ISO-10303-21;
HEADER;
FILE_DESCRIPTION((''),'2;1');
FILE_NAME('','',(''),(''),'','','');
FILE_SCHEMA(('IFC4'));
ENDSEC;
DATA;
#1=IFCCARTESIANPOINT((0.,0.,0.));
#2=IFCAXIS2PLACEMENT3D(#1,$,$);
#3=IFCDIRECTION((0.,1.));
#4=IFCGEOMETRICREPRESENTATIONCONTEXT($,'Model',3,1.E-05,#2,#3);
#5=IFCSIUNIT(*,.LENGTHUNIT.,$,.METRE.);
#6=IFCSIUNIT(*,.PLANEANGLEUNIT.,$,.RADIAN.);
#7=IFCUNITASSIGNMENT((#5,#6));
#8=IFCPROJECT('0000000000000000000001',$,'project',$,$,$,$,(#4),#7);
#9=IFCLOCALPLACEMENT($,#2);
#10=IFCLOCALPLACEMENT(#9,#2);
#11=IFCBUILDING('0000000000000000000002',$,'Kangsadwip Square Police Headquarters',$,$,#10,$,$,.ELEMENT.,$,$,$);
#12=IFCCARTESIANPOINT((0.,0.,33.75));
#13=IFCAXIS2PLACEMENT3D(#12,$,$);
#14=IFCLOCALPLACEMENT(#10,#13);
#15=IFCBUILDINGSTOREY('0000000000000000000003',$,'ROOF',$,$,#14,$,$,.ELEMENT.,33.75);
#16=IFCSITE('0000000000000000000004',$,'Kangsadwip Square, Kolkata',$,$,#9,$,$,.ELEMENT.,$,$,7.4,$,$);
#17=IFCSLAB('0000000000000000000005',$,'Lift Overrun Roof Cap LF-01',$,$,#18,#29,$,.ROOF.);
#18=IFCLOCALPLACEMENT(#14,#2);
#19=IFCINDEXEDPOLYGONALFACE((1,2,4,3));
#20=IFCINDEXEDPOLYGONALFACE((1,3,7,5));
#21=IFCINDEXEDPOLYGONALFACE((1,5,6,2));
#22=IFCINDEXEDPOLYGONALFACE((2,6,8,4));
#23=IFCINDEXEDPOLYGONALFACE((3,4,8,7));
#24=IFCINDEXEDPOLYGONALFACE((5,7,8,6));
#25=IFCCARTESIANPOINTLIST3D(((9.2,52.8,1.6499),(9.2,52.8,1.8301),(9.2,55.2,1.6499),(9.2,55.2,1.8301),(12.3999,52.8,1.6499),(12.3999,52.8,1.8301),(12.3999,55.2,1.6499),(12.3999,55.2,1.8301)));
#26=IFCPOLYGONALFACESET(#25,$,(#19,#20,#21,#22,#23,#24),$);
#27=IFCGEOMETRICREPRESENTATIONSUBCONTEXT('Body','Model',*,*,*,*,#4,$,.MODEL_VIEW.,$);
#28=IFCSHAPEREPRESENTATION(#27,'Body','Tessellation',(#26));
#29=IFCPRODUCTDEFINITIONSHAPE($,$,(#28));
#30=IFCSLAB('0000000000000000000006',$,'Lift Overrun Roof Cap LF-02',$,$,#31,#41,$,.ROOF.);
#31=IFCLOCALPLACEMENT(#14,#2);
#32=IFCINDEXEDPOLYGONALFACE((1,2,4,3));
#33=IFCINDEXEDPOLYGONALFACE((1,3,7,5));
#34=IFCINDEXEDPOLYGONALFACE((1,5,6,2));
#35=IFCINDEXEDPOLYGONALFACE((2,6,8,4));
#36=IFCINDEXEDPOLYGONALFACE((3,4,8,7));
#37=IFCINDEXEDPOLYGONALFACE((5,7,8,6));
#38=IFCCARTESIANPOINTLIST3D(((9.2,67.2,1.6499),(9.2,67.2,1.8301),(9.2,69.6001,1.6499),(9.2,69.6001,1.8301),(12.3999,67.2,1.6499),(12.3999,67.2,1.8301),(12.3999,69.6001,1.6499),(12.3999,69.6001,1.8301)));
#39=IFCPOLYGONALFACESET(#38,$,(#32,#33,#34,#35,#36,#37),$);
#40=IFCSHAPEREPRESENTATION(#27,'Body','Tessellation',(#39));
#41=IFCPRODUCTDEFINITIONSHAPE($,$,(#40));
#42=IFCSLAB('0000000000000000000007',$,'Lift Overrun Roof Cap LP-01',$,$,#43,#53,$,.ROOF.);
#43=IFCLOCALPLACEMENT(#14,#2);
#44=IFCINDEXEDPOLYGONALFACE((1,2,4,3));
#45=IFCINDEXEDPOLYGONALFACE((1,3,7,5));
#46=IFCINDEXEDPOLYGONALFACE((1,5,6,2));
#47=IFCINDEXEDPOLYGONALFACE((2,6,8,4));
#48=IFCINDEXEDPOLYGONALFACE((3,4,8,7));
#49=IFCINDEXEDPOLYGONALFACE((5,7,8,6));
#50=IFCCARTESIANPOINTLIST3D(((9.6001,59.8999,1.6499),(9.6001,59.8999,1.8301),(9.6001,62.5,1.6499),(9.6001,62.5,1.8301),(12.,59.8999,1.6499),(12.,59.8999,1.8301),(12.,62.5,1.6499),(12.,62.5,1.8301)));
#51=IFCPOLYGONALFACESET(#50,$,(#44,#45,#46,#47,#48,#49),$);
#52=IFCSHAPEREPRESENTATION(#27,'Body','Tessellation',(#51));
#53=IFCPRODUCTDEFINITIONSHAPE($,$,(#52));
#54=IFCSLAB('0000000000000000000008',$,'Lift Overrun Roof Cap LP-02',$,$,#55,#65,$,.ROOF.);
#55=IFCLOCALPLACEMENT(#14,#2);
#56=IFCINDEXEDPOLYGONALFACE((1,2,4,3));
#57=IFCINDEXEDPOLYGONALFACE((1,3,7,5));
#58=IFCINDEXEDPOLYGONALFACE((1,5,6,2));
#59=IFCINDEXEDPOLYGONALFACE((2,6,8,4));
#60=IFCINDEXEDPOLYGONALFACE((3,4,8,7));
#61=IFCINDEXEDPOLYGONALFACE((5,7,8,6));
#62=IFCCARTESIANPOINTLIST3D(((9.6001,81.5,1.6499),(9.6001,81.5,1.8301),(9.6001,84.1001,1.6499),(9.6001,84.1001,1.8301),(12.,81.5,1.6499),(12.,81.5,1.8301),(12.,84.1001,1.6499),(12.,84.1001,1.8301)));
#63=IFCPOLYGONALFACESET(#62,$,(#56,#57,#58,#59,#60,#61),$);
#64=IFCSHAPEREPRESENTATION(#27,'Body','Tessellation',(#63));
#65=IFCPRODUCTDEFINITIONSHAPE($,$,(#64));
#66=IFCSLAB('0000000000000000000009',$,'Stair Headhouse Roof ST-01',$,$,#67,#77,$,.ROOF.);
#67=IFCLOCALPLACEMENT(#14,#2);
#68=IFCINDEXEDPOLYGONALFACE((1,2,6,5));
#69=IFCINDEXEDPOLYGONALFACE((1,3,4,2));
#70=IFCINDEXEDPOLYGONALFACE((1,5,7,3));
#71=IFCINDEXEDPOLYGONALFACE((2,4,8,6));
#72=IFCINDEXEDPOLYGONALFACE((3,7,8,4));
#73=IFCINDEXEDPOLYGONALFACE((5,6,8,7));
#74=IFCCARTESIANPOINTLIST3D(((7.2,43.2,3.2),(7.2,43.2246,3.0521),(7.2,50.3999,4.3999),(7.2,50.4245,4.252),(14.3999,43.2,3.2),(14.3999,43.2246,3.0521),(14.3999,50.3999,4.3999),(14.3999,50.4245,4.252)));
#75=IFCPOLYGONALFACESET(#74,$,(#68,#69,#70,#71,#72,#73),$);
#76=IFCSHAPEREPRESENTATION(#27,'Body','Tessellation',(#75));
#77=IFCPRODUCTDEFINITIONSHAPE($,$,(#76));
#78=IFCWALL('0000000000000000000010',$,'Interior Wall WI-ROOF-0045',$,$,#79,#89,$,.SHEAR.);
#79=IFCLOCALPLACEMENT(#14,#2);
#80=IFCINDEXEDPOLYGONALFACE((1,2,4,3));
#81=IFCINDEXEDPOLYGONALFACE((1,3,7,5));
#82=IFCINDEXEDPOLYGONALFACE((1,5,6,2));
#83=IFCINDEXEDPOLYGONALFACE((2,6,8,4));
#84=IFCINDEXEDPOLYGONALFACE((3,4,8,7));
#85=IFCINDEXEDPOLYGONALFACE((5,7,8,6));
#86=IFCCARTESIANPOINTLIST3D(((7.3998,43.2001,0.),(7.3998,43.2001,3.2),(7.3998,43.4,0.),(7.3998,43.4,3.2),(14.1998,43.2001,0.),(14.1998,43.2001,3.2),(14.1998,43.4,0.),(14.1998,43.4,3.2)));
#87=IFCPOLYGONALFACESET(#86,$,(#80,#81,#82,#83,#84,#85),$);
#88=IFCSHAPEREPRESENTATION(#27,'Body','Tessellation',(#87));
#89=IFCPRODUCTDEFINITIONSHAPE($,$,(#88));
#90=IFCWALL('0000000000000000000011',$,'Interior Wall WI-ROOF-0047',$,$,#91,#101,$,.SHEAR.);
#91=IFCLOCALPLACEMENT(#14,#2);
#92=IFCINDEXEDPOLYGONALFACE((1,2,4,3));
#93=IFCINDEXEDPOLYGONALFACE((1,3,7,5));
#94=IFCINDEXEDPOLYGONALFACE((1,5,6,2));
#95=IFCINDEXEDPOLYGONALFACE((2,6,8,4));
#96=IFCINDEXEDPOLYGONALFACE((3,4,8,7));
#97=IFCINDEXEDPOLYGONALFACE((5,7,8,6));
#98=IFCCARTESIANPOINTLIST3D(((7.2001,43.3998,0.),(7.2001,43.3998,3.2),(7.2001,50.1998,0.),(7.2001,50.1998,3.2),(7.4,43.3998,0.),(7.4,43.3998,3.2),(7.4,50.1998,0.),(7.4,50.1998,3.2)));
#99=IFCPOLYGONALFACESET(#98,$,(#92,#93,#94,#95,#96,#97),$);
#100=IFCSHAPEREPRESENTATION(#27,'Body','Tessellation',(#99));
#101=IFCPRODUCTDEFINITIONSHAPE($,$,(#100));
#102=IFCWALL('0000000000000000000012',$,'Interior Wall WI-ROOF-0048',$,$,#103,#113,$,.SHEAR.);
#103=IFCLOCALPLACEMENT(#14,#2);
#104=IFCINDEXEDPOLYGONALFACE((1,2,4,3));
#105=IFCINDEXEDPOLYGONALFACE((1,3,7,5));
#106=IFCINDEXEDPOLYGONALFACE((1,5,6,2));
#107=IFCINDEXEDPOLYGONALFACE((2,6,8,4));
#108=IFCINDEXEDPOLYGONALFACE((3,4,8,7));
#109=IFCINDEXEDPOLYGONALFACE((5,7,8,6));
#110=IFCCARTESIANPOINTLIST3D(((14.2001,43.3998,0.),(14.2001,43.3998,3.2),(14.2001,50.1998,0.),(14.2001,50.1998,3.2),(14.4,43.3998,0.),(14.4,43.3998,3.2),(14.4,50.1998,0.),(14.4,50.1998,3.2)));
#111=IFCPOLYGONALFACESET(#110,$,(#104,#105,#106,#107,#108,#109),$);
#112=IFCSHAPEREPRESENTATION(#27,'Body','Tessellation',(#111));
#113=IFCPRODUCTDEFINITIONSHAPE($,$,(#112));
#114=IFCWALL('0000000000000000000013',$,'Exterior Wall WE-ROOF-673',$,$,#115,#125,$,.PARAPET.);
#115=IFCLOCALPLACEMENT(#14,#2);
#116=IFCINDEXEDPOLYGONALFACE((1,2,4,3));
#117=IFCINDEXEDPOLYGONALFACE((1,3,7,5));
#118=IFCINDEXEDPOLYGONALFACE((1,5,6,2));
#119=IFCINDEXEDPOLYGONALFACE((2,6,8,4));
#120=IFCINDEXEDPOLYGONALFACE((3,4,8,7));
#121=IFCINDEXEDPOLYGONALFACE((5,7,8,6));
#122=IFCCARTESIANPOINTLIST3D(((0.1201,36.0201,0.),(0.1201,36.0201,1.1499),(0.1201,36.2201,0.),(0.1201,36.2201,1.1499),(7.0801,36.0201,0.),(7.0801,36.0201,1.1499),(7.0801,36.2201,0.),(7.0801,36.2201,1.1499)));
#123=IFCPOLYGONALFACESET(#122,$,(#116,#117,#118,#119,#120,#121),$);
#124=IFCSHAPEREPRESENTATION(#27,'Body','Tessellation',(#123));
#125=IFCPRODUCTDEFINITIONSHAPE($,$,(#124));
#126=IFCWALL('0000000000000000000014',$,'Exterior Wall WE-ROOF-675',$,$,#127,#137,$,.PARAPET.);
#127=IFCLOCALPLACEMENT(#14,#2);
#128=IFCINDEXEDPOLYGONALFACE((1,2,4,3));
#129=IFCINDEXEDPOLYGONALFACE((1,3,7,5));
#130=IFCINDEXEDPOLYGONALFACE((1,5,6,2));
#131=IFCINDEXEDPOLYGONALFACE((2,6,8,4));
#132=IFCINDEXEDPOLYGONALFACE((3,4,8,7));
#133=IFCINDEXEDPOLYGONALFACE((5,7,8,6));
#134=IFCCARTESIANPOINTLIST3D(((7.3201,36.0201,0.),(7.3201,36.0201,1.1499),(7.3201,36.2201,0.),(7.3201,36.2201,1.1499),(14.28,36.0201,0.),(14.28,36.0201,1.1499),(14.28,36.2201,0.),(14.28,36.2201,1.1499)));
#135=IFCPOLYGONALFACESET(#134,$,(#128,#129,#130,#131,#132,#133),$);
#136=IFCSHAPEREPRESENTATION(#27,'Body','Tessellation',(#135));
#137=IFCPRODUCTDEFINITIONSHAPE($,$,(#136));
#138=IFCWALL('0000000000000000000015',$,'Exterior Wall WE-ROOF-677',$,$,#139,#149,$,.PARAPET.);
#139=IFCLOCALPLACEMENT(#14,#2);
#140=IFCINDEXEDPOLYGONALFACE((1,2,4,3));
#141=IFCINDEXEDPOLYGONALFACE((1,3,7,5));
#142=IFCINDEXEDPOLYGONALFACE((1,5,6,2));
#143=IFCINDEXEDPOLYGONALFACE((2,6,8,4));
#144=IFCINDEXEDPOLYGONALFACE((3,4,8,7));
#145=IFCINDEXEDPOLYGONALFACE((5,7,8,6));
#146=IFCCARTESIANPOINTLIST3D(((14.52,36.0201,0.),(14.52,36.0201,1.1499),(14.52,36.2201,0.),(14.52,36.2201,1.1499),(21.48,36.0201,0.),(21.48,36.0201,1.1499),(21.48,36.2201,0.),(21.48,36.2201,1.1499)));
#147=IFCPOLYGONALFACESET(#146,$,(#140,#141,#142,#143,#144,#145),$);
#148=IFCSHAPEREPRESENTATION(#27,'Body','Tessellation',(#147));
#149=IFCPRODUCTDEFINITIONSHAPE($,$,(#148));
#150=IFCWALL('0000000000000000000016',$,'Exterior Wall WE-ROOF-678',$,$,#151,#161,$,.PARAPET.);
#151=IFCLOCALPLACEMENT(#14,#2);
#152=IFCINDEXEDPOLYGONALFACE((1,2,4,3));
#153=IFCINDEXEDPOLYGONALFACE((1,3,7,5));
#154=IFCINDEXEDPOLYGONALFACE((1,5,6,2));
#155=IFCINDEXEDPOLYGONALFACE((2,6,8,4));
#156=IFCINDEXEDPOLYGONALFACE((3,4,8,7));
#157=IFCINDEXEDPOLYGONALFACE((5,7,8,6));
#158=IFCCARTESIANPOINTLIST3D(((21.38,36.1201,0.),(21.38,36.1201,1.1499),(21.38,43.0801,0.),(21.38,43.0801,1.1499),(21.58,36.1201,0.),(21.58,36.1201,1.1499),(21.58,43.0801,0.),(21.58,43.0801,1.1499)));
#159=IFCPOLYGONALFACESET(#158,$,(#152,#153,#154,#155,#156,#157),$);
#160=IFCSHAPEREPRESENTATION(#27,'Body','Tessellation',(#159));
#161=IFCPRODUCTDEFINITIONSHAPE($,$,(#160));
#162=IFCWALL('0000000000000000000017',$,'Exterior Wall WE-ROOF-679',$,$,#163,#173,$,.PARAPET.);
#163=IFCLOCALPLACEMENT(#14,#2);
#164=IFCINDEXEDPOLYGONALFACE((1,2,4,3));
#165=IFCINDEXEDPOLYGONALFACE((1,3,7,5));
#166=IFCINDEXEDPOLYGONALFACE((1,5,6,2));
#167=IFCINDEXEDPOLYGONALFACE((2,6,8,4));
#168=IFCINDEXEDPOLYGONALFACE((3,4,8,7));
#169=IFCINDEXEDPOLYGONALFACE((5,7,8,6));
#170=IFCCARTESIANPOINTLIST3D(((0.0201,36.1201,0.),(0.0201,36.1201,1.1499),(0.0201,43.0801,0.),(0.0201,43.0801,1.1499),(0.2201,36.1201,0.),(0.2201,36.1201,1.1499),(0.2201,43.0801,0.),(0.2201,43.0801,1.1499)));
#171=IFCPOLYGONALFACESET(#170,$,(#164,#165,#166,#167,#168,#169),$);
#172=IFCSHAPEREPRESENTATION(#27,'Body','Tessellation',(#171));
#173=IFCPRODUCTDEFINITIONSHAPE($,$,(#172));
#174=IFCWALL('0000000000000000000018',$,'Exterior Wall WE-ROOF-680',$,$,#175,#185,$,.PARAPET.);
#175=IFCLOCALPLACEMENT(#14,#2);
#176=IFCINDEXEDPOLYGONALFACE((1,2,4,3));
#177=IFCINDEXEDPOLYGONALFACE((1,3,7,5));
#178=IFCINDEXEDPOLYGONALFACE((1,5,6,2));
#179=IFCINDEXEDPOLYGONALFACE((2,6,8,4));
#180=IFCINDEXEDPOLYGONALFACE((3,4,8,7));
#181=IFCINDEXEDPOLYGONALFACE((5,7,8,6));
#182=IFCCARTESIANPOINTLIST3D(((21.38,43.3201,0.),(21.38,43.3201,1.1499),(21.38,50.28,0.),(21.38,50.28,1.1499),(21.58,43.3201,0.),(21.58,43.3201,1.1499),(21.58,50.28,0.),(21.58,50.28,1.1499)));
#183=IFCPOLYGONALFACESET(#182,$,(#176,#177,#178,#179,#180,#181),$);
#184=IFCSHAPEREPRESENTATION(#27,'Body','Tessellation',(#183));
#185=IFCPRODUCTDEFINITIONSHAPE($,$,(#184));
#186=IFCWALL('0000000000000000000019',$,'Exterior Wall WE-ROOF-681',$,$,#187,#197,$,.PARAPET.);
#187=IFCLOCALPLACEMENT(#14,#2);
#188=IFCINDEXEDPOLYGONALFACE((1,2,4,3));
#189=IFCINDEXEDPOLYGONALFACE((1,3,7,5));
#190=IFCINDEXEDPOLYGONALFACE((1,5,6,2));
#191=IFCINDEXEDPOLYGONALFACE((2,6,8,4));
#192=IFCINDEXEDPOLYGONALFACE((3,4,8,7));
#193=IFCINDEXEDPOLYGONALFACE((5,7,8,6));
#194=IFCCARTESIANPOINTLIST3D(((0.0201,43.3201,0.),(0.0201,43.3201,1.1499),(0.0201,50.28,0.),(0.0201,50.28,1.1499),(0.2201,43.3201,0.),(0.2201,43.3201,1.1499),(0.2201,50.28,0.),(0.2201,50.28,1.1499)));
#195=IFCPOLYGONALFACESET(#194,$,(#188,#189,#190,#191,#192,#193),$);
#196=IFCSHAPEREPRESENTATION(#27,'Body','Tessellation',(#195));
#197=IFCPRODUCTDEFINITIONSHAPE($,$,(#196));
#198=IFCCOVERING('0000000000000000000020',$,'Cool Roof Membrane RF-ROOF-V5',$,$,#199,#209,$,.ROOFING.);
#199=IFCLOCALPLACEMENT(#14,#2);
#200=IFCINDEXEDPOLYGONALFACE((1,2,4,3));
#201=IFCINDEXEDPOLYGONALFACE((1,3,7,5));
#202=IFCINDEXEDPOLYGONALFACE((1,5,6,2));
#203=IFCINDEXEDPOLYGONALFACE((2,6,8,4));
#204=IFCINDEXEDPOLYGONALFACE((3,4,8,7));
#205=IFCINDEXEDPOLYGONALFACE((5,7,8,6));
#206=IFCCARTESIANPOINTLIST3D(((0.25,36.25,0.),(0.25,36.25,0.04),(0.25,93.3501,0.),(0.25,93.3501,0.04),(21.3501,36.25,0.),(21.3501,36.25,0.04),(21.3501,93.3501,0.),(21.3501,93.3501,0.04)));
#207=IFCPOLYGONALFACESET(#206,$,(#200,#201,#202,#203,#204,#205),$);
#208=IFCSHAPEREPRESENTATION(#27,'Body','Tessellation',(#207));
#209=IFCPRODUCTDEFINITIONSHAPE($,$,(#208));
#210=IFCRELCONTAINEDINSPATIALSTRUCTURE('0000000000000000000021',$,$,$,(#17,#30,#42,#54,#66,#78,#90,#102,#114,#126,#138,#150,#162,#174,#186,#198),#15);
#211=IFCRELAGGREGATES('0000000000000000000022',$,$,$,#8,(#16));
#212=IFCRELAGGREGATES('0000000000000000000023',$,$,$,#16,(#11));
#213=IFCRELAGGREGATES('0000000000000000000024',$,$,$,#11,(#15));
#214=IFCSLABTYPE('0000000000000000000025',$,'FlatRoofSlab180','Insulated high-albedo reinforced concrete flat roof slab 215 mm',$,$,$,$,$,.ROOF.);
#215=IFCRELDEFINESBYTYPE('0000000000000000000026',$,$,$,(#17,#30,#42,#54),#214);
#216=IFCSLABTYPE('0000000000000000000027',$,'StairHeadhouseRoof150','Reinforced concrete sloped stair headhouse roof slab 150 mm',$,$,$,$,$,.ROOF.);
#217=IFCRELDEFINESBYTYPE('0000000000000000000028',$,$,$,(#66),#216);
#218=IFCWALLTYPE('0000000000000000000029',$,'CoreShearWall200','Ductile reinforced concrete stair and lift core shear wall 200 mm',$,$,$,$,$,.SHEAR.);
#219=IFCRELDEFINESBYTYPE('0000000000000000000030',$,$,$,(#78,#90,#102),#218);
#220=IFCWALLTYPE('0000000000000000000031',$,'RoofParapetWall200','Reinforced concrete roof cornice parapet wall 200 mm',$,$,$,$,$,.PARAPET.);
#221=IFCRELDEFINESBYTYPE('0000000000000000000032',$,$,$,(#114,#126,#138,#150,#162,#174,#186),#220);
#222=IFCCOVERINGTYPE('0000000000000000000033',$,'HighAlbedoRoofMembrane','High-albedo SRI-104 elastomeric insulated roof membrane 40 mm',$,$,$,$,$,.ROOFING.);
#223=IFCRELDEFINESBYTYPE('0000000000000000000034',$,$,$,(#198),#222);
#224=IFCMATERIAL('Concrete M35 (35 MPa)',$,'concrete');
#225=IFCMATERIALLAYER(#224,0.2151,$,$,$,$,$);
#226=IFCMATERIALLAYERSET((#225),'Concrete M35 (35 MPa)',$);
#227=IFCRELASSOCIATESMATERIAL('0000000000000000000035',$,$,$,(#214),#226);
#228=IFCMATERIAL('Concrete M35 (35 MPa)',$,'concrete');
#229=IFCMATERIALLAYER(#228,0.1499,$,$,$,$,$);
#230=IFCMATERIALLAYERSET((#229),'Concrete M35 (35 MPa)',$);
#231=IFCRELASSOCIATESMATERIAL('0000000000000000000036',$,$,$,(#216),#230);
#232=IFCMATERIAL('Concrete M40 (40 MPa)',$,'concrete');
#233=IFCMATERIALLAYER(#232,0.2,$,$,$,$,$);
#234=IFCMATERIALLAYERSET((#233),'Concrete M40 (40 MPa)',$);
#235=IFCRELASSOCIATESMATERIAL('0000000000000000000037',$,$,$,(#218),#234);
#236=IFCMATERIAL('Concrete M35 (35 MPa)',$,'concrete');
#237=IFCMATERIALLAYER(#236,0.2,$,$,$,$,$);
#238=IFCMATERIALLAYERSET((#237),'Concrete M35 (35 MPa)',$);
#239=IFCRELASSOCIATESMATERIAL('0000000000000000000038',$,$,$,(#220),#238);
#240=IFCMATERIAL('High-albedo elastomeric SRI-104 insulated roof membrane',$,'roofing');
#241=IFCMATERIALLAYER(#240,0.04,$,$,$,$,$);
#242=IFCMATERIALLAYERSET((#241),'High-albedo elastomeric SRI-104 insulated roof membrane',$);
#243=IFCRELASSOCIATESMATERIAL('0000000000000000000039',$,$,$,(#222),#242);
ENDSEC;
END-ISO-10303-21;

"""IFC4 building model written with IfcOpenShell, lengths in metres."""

from ifc_helpers import new_model, si_unit, direction, frame, frame_2d, origin, place, context, subcontext, project, spatial, polyline, rectangle, outline, extrude, material, layer, layer_set, type_object, element, save


model = new_model("IFC4")

# Units and contexts
model_context = context("Model", 3, precision=1e-05, world=origin(), true_north=direction((0.0, 1.0)))
body_context = subcontext(model_context, "Body", "Model", "MODEL_VIEW")
ifc_project = project(units=[si_unit("LENGTHUNIT", "METRE"), si_unit("PLANEANGLEUNIT", "RADIAN")], contexts=[model_context])

# Site, building, storey
site_placement = place(None, origin())
site = spatial("IfcSite", under=ifc_project, at=site_placement, Name="Kangsadwip Square, Kolkata", CompositionType="ELEMENT", RefElevation=7.4)
building_placement = place(site_placement, origin())
building = spatial("IfcBuilding", under=site, at=building_placement, Name="Kangsadwip Square Police Headquarters", CompositionType="ELEMENT")
storey_placement = place(building_placement, frame((0.0, 0.0, 33.75)))
storey = spatial("IfcBuildingStorey", under=building, at=storey_placement, Name="ROOF", CompositionType="ELEMENT", Elevation=33.75)

# Slabs
ifc_material_1 = material(Name="Concrete M35 (35 MPa)", Category="concrete")
ifc_layer_1 = layer(ifc_material_1, 0.2151)
ifc_layer_set_1 = layer_set([ifc_layer_1], Name="Concrete M35 (35 MPa)")
slab_type_1 = type_object("IfcSlabType", Name="FlatRoofSlab180", Description="Insulated high-albedo reinforced concrete flat roof slab 215 mm", PredefinedType="ROOF", material=ifc_layer_set_1)
slab_1_placement = place(storey_placement, frame((0.0, 0.0, 1.6499)))
element("IfcSlab", 1, at=slab_1_placement, inside=storey, type_object=slab_type_1, Name="Lift Overrun Roof Cap LF-01", PredefinedType="ROOF", context=body_context, shape_type="SweptSolid", body=[
    extrude(outline(polyline([(9.2, 52.8), (12.3999, 52.8), (12.3999, 55.2), (9.2, 55.2), (9.2, 52.8)])), origin(), (0.0, 0.0, 1.0), 0.1802),
])
slab_2_placement = place(storey_placement, frame((0.0, 0.0, 1.6499)))
element("IfcSlab", 2, at=slab_2_placement, inside=storey, type_object=slab_type_1, Name="Lift Overrun Roof Cap LF-02", PredefinedType="ROOF", context=body_context, shape_type="SweptSolid", body=[
    extrude(outline(polyline([(9.2, 67.2), (12.3999, 67.2), (12.3999, 69.6001), (9.2, 69.6001), (9.2, 67.2)])), origin(), (0.0, 0.0, 1.0), 0.1802),
])
slab_3_placement = place(storey_placement, frame((0.0, 0.0, 1.6499)))
element("IfcSlab", 3, at=slab_3_placement, inside=storey, type_object=slab_type_1, Name="Lift Overrun Roof Cap LP-01", PredefinedType="ROOF", context=body_context, shape_type="SweptSolid", body=[
    extrude(outline(polyline([(9.6001, 59.8999), (12.0, 59.8999), (12.0, 62.5), (9.6001, 62.5), (9.6001, 59.8999)])), origin(), (0.0, 0.0, 1.0), 0.1802),
])
slab_4_placement = place(storey_placement, frame((0.0, 0.0, 1.6499)))
element("IfcSlab", 4, at=slab_4_placement, inside=storey, type_object=slab_type_1, Name="Lift Overrun Roof Cap LP-02", PredefinedType="ROOF", context=body_context, shape_type="SweptSolid", body=[
    extrude(outline(polyline([(9.6001, 81.5), (12.0, 81.5), (12.0, 84.1001), (9.6001, 84.1001), (9.6001, 81.5)])), origin(), (0.0, 0.0, 1.0), 0.1802),
])
ifc_material_2 = material(Name="Concrete M35 (35 MPa)", Category="concrete")
ifc_layer_2 = layer(ifc_material_2, 0.1499)
ifc_layer_set_2 = layer_set([ifc_layer_2], Name="Concrete M35 (35 MPa)")
slab_type_2 = type_object("IfcSlabType", Name="StairHeadhouseRoof150", Description="Reinforced concrete sloped stair headhouse roof slab 150 mm", PredefinedType="ROOF", material=ifc_layer_set_2)
slab_5_placement = place(storey_placement, frame((7.2, 43.2, 3.2), z_axis=(0.0, -0.164394, 0.986395), x_axis=(1.0, 0.0, 0.0)))
element("IfcSlab", 5, at=slab_5_placement, inside=storey, type_object=slab_type_2, Name="Stair Headhouse Roof ST-01", PredefinedType="ROOF", context=body_context, shape_type="SweptSolid", body=[
    extrude(outline(polyline([(0.0, 0.0), (7.2, 0.0), (7.2, 7.2993), (0.0, 7.2993), (0.0, 0.0)])), origin(), (0.0, 0.0, -1.0), 0.1499),
])

# Walls
ifc_material_3 = material(Name="Concrete M40 (40 MPa)", Category="concrete")
ifc_layer_3 = layer(ifc_material_3, 0.2)
ifc_layer_set_3 = layer_set([ifc_layer_3], Name="Concrete M40 (40 MPa)")
wall_type_1 = type_object("IfcWallType", Name="CoreShearWall200", Description="Ductile reinforced concrete stair and lift core shear wall 200 mm", PredefinedType="SHEAR", material=ifc_layer_set_3)
for number, where, z_axis, x_axis, name in (
    (6, (7.3999, 43.3, 0.0), (0.0, 0.0, 1.0), (1.0, 0.0, 0.0), "Interior Wall WI-ROOF-0045"),
    (7, (7.3, 43.3999, 0.0), (0.0, 0.0, 1.0), (0.0, 1.0, 0.0), "Interior Wall WI-ROOF-0047"),
    (8, (14.3, 43.3999, 0.0), (0.0, 0.0, 1.0), (0.0, 1.0, 0.0), "Interior Wall WI-ROOF-0048"),
):
    element("IfcWall", number, at=place(storey_placement, frame(where, z_axis=z_axis, x_axis=x_axis)), inside=storey, type_object=wall_type_1, Name=name, PredefinedType="SHEAR", context=body_context, shape_type="SweptSolid", body=[
        extrude(rectangle(XDim=6.8, YDim=0.2, at=frame_2d((3.3999, 0.0))), origin(), (0.0, 0.0, 1.0), 3.2),
    ])
ifc_material_4 = material(Name="Concrete M35 (35 MPa)", Category="concrete")
ifc_layer_4 = layer(ifc_material_4, 0.2)
ifc_layer_set_4 = layer_set([ifc_layer_4], Name="Concrete M35 (35 MPa)")
wall_type_2 = type_object("IfcWallType", Name="RoofParapetWall200", Description="Reinforced concrete roof cornice parapet wall 200 mm", PredefinedType="PARAPET", material=ifc_layer_set_4)
for number, where, z_axis, x_axis, name in (
    (9, (0.1201, 36.1201, 0.0), (0.0, 0.0, 1.0), (1.0, 0.0, 0.0), "Exterior Wall WE-ROOF-673"),
    (10, (7.3201, 36.1201, 0.0), (0.0, 0.0, 1.0), (1.0, 0.0, 0.0), "Exterior Wall WE-ROOF-675"),
    (11, (14.52, 36.1201, 0.0), (0.0, 0.0, 1.0), (1.0, 0.0, 0.0), "Exterior Wall WE-ROOF-677"),
    (12, (21.48, 36.1201, 0.0), (0.0, 0.0, 1.0), (0.0, 1.0, 0.0), "Exterior Wall WE-ROOF-678"),
    (13, (0.1201, 36.1201, 0.0), (0.0, 0.0, 1.0), (0.0, 1.0, 0.0), "Exterior Wall WE-ROOF-679"),
    (14, (21.48, 43.3201, 0.0), (0.0, 0.0, 1.0), (0.0, 1.0, 0.0), "Exterior Wall WE-ROOF-680"),
    (15, (0.1201, 43.3201, 0.0), (0.0, 0.0, 1.0), (0.0, 1.0, 0.0), "Exterior Wall WE-ROOF-681"),
):
    element("IfcWall", number, at=place(storey_placement, frame(where, z_axis=z_axis, x_axis=x_axis)), inside=storey, type_object=wall_type_2, Name=name, PredefinedType="PARAPET", context=body_context, shape_type="SweptSolid", body=[
        extrude(rectangle(XDim=6.96, YDim=0.2, at=frame_2d((3.48, 0.0))), origin(), (0.0, 0.0, 1.0), 1.1499),
    ])

# Covering
ifc_material_5 = material(Name="High-albedo elastomeric SRI-104 insulated roof membrane", Category="roofing")
ifc_layer_5 = layer(ifc_material_5, 0.04)
ifc_layer_set_5 = layer_set([ifc_layer_5], Name="High-albedo elastomeric SRI-104 insulated roof membrane")
covering_type = type_object("IfcCoveringType", Name="HighAlbedoRoofMembrane", Description="High-albedo SRI-104 elastomeric insulated roof membrane 40 mm", PredefinedType="ROOFING", material=ifc_layer_set_5)
covering_placement = place(storey_placement, origin())
element("IfcCovering", 16, at=covering_placement, inside=storey, type_object=covering_type, Name="Cool Roof Membrane RF-ROOF-V5", PredefinedType="ROOFING", context=body_context, shape_type="SweptSolid", body=[
    extrude(outline(polyline([(0.25, 36.25), (21.3501, 36.25), (21.3501, 93.3501), (0.25, 93.3501), (0.25, 36.25)])), origin(), (0.0, 0.0, 1.0), 0.04),
])

save(model, "model.ifc")
